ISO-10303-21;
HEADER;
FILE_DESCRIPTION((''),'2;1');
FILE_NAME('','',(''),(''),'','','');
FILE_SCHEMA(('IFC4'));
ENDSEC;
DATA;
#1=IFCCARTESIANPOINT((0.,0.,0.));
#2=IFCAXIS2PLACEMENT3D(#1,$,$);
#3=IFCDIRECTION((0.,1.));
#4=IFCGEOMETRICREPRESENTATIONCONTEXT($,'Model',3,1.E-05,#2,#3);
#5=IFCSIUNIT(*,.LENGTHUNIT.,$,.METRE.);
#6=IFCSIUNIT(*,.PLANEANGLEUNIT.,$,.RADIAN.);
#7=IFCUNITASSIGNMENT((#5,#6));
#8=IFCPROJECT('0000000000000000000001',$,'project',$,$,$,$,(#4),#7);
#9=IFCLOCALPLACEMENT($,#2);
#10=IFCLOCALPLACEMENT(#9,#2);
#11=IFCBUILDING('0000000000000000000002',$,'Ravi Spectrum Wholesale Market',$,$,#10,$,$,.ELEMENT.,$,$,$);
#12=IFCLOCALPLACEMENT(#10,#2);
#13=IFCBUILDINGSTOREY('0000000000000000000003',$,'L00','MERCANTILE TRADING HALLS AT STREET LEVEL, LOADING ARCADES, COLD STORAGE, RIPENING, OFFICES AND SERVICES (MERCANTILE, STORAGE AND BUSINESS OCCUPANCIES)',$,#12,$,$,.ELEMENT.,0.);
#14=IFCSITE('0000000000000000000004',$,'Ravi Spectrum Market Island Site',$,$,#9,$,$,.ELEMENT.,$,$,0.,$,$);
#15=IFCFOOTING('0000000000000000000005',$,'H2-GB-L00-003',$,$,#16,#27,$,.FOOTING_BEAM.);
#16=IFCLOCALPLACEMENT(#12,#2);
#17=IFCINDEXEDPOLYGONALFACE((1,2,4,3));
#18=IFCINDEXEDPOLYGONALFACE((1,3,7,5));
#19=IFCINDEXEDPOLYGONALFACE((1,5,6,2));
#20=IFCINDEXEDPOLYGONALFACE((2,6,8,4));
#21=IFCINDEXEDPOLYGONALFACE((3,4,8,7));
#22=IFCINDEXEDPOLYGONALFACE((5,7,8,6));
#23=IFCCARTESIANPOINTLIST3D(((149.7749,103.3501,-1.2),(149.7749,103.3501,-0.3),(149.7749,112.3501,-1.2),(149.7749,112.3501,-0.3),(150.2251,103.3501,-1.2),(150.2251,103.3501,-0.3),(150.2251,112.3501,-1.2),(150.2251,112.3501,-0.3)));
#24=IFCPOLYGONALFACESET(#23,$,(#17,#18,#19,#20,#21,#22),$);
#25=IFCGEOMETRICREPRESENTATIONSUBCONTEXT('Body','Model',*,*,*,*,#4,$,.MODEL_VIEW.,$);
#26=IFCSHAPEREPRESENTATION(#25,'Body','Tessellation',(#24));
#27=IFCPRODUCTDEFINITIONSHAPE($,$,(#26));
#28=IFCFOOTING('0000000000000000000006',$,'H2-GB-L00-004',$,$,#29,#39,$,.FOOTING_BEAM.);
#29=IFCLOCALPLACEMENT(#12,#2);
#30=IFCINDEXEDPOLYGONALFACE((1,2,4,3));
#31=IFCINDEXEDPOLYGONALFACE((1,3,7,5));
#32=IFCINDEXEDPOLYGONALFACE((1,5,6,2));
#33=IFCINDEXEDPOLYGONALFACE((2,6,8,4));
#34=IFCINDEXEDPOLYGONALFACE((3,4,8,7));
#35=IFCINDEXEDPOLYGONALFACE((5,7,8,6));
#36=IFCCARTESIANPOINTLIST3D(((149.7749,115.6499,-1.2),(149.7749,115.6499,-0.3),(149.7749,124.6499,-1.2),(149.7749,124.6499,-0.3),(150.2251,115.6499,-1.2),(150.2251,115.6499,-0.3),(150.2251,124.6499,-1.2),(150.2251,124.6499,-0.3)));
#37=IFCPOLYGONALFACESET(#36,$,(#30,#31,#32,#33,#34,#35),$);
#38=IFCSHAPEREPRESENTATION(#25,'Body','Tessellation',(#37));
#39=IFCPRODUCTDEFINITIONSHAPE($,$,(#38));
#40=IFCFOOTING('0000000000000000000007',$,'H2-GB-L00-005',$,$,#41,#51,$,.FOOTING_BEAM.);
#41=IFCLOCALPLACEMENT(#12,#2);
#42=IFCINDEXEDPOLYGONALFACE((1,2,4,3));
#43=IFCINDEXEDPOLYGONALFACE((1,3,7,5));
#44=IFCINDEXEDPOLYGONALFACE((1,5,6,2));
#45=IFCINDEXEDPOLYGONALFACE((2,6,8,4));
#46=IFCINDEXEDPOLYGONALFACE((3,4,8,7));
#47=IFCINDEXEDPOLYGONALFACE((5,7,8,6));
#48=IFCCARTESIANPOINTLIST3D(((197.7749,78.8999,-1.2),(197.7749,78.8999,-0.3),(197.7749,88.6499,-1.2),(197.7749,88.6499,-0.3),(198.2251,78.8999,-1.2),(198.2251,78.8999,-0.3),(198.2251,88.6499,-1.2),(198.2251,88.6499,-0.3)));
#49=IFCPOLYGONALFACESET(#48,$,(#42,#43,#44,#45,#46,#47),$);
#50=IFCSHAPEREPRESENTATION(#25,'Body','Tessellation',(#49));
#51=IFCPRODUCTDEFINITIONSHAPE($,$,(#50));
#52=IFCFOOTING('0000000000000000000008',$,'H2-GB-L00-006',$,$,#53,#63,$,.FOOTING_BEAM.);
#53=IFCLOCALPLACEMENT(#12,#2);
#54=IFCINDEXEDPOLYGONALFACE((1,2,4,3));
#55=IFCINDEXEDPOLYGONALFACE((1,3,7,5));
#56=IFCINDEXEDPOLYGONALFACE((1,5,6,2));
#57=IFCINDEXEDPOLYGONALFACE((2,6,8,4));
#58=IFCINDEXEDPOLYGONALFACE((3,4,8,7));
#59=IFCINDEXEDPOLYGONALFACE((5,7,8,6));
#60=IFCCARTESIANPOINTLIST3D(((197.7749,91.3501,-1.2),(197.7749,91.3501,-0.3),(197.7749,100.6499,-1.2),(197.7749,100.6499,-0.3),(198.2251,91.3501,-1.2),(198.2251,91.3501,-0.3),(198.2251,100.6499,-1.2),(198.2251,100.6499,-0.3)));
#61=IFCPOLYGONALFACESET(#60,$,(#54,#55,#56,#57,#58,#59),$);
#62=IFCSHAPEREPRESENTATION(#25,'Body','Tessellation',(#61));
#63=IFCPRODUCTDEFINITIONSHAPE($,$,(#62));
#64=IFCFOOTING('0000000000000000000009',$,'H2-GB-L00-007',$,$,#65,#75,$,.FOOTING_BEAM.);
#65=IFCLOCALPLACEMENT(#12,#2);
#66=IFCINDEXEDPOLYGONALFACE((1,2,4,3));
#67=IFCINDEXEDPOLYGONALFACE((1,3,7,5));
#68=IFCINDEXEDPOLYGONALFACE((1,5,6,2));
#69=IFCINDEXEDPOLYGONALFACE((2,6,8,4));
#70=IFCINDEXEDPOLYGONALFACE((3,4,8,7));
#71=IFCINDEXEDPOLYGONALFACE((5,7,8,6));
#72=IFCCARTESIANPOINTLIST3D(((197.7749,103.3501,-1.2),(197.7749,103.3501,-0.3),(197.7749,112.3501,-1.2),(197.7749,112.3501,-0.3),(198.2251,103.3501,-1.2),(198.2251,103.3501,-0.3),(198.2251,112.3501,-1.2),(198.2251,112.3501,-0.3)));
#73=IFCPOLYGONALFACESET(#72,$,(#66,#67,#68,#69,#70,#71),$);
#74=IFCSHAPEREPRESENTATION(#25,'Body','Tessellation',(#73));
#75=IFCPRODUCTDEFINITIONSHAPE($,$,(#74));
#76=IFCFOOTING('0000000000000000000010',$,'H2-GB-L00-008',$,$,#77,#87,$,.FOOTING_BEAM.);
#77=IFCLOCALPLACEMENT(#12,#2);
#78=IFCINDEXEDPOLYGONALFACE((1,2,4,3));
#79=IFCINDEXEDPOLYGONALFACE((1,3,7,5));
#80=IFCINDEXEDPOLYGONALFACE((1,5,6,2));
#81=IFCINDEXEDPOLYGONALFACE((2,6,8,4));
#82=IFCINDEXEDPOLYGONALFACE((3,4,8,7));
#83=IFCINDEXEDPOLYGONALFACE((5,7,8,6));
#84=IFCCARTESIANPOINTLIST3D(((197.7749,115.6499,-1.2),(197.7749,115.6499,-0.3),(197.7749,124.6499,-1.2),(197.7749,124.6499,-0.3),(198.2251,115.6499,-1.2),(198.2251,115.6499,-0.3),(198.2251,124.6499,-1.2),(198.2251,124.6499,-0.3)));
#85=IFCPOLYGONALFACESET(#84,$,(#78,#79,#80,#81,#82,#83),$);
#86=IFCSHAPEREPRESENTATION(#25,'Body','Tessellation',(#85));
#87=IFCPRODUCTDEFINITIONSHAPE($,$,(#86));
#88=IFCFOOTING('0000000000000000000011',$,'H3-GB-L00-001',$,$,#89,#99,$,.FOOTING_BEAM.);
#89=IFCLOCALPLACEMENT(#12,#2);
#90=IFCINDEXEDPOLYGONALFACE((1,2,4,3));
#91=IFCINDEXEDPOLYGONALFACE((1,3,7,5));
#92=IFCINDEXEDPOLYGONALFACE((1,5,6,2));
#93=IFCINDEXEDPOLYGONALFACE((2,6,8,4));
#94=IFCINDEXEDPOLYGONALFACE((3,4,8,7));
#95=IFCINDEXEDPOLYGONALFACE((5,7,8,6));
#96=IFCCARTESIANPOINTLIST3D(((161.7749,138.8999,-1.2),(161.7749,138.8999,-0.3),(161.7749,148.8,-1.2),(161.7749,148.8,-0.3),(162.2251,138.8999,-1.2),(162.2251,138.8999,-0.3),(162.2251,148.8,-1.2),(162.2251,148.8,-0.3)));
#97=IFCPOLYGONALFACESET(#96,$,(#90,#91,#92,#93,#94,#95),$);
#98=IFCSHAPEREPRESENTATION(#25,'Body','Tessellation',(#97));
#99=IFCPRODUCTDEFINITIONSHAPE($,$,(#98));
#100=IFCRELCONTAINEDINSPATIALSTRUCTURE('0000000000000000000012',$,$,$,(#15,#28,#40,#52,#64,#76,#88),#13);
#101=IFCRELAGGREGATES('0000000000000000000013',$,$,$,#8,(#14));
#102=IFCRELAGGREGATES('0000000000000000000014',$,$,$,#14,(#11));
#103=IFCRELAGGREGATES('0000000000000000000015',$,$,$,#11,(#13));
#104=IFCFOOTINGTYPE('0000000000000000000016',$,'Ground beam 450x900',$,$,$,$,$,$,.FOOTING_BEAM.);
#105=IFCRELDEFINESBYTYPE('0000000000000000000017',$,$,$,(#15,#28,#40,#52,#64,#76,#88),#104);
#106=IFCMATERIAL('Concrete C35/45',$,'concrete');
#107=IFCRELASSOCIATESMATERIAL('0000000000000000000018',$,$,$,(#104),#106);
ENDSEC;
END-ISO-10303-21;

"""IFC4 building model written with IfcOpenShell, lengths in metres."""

from ifc_helpers import new_model, si_unit, direction, frame, origin, place, context, subcontext, project, spatial, polyline, outline, extrude, material, type_object, element, save


model = new_model("IFC4")

# Units and contexts
model_context = context("Model", 3, precision=1e-05, world=origin(), true_north=direction((0.0, 1.0)))
body_context = subcontext(model_context, "Body", "Model", "MODEL_VIEW")
ifc_project = project(units=[si_unit("LENGTHUNIT", "METRE"), si_unit("PLANEANGLEUNIT", "RADIAN")], contexts=[model_context])

# Site, building, storey
site_placement = place(None, origin())
site = spatial("IfcSite", under=ifc_project, at=site_placement, Name="Ravi Spectrum Market Island Site", CompositionType="ELEMENT", RefElevation=0.0)
building_placement = place(site_placement, origin())
building = spatial("IfcBuilding", under=site, at=building_placement, Name="Ravi Spectrum Wholesale Market", CompositionType="ELEMENT")
storey_placement = place(building_placement, origin())
storey = spatial("IfcBuildingStorey", under=building, at=storey_placement, Name="L00", Description="MERCANTILE TRADING HALLS AT STREET LEVEL, LOADING ARCADES, COLD STORAGE, RIPENING, OFFICES AND SERVICES (MERCANTILE, STORAGE AND BUSINESS OCCUPANCIES)", CompositionType="ELEMENT", Elevation=0.0)

# Footings
ifc_material = material(Name="Concrete C35/45", Category="concrete")
footing_type = type_object("IfcFootingType", Name="Ground beam 450x900", PredefinedType="FOOTING_BEAM", material=ifc_material)
footing_1_placement = place(storey_placement, frame((0.0, 0.0, -1.2)))
element("IfcFooting", 1, at=footing_1_placement, inside=storey, type_object=footing_type, Name="H2-GB-L00-003", PredefinedType="FOOTING_BEAM", context=body_context, shape_type="SweptSolid", body=[
    extrude(outline(polyline([(149.7749, 103.3501), (149.7749, 112.3501), (150.2251, 112.3501), (150.2251, 103.3501), (149.7749, 103.3501)])), origin(), (0.0, 0.0, 1.0), 0.8999),
])
footing_2_placement = place(storey_placement, frame((0.0, 0.0, -1.2)))
element("IfcFooting", 2, at=footing_2_placement, inside=storey, type_object=footing_type, Name="H2-GB-L00-004", PredefinedType="FOOTING_BEAM", context=body_context, shape_type="SweptSolid", body=[
    extrude(outline(polyline([(149.7749, 115.6499), (149.7749, 124.6499), (150.2251, 124.6499), (150.2251, 115.6499), (149.7749, 115.6499)])), origin(), (0.0, 0.0, 1.0), 0.8999),
])
footing_3_placement = place(storey_placement, frame((0.0, 0.0, -1.2)))
element("IfcFooting", 3, at=footing_3_placement, inside=storey, type_object=footing_type, Name="H2-GB-L00-005", PredefinedType="FOOTING_BEAM", context=body_context, shape_type="SweptSolid", body=[
    extrude(outline(polyline([(197.7749, 78.8999), (197.7749, 88.6499), (198.2251, 88.6499), (198.2251, 78.8999), (197.7749, 78.8999)])), origin(), (0.0, 0.0, 1.0), 0.8999),
])
footing_4_placement = place(storey_placement, frame((0.0, 0.0, -1.2)))
element("IfcFooting", 4, at=footing_4_placement, inside=storey, type_object=footing_type, Name="H2-GB-L00-006", PredefinedType="FOOTING_BEAM", context=body_context, shape_type="SweptSolid", body=[
    extrude(outline(polyline([(197.7749, 91.3501), (197.7749, 100.6499), (198.2251, 100.6499), (198.2251, 91.3501), (197.7749, 91.3501)])), origin(), (0.0, 0.0, 1.0), 0.8999),
])
footing_5_placement = place(storey_placement, frame((0.0, 0.0, -1.2)))
element("IfcFooting", 5, at=footing_5_placement, inside=storey, type_object=footing_type, Name="H2-GB-L00-007", PredefinedType="FOOTING_BEAM", context=body_context, shape_type="SweptSolid", body=[
    extrude(outline(polyline([(197.7749, 103.3501), (197.7749, 112.3501), (198.2251, 112.3501), (198.2251, 103.3501), (197.7749, 103.3501)])), origin(), (0.0, 0.0, 1.0), 0.8999),
])
footing_6_placement = place(storey_placement, frame((0.0, 0.0, -1.2)))
element("IfcFooting", 6, at=footing_6_placement, inside=storey, type_object=footing_type, Name="H2-GB-L00-008", PredefinedType="FOOTING_BEAM", context=body_context, shape_type="SweptSolid", body=[
    extrude(outline(polyline([(197.7749, 115.6499), (197.7749, 124.6499), (198.2251, 124.6499), (198.2251, 115.6499), (197.7749, 115.6499)])), origin(), (0.0, 0.0, 1.0), 0.8999),
])
footing_7_placement = place(storey_placement, frame((0.0, 0.0, -1.2)))
element("IfcFooting", 7, at=footing_7_placement, inside=storey, type_object=footing_type, Name="H3-GB-L00-001", PredefinedType="FOOTING_BEAM", context=body_context, shape_type="SweptSolid", body=[
    extrude(outline(polyline([(161.7749, 138.8999), (161.7749, 148.8), (162.2251, 148.8), (162.2251, 138.8999), (161.7749, 138.8999)])), origin(), (0.0, 0.0, 1.0), 0.8999),
])

save(model, "model.ifc")
